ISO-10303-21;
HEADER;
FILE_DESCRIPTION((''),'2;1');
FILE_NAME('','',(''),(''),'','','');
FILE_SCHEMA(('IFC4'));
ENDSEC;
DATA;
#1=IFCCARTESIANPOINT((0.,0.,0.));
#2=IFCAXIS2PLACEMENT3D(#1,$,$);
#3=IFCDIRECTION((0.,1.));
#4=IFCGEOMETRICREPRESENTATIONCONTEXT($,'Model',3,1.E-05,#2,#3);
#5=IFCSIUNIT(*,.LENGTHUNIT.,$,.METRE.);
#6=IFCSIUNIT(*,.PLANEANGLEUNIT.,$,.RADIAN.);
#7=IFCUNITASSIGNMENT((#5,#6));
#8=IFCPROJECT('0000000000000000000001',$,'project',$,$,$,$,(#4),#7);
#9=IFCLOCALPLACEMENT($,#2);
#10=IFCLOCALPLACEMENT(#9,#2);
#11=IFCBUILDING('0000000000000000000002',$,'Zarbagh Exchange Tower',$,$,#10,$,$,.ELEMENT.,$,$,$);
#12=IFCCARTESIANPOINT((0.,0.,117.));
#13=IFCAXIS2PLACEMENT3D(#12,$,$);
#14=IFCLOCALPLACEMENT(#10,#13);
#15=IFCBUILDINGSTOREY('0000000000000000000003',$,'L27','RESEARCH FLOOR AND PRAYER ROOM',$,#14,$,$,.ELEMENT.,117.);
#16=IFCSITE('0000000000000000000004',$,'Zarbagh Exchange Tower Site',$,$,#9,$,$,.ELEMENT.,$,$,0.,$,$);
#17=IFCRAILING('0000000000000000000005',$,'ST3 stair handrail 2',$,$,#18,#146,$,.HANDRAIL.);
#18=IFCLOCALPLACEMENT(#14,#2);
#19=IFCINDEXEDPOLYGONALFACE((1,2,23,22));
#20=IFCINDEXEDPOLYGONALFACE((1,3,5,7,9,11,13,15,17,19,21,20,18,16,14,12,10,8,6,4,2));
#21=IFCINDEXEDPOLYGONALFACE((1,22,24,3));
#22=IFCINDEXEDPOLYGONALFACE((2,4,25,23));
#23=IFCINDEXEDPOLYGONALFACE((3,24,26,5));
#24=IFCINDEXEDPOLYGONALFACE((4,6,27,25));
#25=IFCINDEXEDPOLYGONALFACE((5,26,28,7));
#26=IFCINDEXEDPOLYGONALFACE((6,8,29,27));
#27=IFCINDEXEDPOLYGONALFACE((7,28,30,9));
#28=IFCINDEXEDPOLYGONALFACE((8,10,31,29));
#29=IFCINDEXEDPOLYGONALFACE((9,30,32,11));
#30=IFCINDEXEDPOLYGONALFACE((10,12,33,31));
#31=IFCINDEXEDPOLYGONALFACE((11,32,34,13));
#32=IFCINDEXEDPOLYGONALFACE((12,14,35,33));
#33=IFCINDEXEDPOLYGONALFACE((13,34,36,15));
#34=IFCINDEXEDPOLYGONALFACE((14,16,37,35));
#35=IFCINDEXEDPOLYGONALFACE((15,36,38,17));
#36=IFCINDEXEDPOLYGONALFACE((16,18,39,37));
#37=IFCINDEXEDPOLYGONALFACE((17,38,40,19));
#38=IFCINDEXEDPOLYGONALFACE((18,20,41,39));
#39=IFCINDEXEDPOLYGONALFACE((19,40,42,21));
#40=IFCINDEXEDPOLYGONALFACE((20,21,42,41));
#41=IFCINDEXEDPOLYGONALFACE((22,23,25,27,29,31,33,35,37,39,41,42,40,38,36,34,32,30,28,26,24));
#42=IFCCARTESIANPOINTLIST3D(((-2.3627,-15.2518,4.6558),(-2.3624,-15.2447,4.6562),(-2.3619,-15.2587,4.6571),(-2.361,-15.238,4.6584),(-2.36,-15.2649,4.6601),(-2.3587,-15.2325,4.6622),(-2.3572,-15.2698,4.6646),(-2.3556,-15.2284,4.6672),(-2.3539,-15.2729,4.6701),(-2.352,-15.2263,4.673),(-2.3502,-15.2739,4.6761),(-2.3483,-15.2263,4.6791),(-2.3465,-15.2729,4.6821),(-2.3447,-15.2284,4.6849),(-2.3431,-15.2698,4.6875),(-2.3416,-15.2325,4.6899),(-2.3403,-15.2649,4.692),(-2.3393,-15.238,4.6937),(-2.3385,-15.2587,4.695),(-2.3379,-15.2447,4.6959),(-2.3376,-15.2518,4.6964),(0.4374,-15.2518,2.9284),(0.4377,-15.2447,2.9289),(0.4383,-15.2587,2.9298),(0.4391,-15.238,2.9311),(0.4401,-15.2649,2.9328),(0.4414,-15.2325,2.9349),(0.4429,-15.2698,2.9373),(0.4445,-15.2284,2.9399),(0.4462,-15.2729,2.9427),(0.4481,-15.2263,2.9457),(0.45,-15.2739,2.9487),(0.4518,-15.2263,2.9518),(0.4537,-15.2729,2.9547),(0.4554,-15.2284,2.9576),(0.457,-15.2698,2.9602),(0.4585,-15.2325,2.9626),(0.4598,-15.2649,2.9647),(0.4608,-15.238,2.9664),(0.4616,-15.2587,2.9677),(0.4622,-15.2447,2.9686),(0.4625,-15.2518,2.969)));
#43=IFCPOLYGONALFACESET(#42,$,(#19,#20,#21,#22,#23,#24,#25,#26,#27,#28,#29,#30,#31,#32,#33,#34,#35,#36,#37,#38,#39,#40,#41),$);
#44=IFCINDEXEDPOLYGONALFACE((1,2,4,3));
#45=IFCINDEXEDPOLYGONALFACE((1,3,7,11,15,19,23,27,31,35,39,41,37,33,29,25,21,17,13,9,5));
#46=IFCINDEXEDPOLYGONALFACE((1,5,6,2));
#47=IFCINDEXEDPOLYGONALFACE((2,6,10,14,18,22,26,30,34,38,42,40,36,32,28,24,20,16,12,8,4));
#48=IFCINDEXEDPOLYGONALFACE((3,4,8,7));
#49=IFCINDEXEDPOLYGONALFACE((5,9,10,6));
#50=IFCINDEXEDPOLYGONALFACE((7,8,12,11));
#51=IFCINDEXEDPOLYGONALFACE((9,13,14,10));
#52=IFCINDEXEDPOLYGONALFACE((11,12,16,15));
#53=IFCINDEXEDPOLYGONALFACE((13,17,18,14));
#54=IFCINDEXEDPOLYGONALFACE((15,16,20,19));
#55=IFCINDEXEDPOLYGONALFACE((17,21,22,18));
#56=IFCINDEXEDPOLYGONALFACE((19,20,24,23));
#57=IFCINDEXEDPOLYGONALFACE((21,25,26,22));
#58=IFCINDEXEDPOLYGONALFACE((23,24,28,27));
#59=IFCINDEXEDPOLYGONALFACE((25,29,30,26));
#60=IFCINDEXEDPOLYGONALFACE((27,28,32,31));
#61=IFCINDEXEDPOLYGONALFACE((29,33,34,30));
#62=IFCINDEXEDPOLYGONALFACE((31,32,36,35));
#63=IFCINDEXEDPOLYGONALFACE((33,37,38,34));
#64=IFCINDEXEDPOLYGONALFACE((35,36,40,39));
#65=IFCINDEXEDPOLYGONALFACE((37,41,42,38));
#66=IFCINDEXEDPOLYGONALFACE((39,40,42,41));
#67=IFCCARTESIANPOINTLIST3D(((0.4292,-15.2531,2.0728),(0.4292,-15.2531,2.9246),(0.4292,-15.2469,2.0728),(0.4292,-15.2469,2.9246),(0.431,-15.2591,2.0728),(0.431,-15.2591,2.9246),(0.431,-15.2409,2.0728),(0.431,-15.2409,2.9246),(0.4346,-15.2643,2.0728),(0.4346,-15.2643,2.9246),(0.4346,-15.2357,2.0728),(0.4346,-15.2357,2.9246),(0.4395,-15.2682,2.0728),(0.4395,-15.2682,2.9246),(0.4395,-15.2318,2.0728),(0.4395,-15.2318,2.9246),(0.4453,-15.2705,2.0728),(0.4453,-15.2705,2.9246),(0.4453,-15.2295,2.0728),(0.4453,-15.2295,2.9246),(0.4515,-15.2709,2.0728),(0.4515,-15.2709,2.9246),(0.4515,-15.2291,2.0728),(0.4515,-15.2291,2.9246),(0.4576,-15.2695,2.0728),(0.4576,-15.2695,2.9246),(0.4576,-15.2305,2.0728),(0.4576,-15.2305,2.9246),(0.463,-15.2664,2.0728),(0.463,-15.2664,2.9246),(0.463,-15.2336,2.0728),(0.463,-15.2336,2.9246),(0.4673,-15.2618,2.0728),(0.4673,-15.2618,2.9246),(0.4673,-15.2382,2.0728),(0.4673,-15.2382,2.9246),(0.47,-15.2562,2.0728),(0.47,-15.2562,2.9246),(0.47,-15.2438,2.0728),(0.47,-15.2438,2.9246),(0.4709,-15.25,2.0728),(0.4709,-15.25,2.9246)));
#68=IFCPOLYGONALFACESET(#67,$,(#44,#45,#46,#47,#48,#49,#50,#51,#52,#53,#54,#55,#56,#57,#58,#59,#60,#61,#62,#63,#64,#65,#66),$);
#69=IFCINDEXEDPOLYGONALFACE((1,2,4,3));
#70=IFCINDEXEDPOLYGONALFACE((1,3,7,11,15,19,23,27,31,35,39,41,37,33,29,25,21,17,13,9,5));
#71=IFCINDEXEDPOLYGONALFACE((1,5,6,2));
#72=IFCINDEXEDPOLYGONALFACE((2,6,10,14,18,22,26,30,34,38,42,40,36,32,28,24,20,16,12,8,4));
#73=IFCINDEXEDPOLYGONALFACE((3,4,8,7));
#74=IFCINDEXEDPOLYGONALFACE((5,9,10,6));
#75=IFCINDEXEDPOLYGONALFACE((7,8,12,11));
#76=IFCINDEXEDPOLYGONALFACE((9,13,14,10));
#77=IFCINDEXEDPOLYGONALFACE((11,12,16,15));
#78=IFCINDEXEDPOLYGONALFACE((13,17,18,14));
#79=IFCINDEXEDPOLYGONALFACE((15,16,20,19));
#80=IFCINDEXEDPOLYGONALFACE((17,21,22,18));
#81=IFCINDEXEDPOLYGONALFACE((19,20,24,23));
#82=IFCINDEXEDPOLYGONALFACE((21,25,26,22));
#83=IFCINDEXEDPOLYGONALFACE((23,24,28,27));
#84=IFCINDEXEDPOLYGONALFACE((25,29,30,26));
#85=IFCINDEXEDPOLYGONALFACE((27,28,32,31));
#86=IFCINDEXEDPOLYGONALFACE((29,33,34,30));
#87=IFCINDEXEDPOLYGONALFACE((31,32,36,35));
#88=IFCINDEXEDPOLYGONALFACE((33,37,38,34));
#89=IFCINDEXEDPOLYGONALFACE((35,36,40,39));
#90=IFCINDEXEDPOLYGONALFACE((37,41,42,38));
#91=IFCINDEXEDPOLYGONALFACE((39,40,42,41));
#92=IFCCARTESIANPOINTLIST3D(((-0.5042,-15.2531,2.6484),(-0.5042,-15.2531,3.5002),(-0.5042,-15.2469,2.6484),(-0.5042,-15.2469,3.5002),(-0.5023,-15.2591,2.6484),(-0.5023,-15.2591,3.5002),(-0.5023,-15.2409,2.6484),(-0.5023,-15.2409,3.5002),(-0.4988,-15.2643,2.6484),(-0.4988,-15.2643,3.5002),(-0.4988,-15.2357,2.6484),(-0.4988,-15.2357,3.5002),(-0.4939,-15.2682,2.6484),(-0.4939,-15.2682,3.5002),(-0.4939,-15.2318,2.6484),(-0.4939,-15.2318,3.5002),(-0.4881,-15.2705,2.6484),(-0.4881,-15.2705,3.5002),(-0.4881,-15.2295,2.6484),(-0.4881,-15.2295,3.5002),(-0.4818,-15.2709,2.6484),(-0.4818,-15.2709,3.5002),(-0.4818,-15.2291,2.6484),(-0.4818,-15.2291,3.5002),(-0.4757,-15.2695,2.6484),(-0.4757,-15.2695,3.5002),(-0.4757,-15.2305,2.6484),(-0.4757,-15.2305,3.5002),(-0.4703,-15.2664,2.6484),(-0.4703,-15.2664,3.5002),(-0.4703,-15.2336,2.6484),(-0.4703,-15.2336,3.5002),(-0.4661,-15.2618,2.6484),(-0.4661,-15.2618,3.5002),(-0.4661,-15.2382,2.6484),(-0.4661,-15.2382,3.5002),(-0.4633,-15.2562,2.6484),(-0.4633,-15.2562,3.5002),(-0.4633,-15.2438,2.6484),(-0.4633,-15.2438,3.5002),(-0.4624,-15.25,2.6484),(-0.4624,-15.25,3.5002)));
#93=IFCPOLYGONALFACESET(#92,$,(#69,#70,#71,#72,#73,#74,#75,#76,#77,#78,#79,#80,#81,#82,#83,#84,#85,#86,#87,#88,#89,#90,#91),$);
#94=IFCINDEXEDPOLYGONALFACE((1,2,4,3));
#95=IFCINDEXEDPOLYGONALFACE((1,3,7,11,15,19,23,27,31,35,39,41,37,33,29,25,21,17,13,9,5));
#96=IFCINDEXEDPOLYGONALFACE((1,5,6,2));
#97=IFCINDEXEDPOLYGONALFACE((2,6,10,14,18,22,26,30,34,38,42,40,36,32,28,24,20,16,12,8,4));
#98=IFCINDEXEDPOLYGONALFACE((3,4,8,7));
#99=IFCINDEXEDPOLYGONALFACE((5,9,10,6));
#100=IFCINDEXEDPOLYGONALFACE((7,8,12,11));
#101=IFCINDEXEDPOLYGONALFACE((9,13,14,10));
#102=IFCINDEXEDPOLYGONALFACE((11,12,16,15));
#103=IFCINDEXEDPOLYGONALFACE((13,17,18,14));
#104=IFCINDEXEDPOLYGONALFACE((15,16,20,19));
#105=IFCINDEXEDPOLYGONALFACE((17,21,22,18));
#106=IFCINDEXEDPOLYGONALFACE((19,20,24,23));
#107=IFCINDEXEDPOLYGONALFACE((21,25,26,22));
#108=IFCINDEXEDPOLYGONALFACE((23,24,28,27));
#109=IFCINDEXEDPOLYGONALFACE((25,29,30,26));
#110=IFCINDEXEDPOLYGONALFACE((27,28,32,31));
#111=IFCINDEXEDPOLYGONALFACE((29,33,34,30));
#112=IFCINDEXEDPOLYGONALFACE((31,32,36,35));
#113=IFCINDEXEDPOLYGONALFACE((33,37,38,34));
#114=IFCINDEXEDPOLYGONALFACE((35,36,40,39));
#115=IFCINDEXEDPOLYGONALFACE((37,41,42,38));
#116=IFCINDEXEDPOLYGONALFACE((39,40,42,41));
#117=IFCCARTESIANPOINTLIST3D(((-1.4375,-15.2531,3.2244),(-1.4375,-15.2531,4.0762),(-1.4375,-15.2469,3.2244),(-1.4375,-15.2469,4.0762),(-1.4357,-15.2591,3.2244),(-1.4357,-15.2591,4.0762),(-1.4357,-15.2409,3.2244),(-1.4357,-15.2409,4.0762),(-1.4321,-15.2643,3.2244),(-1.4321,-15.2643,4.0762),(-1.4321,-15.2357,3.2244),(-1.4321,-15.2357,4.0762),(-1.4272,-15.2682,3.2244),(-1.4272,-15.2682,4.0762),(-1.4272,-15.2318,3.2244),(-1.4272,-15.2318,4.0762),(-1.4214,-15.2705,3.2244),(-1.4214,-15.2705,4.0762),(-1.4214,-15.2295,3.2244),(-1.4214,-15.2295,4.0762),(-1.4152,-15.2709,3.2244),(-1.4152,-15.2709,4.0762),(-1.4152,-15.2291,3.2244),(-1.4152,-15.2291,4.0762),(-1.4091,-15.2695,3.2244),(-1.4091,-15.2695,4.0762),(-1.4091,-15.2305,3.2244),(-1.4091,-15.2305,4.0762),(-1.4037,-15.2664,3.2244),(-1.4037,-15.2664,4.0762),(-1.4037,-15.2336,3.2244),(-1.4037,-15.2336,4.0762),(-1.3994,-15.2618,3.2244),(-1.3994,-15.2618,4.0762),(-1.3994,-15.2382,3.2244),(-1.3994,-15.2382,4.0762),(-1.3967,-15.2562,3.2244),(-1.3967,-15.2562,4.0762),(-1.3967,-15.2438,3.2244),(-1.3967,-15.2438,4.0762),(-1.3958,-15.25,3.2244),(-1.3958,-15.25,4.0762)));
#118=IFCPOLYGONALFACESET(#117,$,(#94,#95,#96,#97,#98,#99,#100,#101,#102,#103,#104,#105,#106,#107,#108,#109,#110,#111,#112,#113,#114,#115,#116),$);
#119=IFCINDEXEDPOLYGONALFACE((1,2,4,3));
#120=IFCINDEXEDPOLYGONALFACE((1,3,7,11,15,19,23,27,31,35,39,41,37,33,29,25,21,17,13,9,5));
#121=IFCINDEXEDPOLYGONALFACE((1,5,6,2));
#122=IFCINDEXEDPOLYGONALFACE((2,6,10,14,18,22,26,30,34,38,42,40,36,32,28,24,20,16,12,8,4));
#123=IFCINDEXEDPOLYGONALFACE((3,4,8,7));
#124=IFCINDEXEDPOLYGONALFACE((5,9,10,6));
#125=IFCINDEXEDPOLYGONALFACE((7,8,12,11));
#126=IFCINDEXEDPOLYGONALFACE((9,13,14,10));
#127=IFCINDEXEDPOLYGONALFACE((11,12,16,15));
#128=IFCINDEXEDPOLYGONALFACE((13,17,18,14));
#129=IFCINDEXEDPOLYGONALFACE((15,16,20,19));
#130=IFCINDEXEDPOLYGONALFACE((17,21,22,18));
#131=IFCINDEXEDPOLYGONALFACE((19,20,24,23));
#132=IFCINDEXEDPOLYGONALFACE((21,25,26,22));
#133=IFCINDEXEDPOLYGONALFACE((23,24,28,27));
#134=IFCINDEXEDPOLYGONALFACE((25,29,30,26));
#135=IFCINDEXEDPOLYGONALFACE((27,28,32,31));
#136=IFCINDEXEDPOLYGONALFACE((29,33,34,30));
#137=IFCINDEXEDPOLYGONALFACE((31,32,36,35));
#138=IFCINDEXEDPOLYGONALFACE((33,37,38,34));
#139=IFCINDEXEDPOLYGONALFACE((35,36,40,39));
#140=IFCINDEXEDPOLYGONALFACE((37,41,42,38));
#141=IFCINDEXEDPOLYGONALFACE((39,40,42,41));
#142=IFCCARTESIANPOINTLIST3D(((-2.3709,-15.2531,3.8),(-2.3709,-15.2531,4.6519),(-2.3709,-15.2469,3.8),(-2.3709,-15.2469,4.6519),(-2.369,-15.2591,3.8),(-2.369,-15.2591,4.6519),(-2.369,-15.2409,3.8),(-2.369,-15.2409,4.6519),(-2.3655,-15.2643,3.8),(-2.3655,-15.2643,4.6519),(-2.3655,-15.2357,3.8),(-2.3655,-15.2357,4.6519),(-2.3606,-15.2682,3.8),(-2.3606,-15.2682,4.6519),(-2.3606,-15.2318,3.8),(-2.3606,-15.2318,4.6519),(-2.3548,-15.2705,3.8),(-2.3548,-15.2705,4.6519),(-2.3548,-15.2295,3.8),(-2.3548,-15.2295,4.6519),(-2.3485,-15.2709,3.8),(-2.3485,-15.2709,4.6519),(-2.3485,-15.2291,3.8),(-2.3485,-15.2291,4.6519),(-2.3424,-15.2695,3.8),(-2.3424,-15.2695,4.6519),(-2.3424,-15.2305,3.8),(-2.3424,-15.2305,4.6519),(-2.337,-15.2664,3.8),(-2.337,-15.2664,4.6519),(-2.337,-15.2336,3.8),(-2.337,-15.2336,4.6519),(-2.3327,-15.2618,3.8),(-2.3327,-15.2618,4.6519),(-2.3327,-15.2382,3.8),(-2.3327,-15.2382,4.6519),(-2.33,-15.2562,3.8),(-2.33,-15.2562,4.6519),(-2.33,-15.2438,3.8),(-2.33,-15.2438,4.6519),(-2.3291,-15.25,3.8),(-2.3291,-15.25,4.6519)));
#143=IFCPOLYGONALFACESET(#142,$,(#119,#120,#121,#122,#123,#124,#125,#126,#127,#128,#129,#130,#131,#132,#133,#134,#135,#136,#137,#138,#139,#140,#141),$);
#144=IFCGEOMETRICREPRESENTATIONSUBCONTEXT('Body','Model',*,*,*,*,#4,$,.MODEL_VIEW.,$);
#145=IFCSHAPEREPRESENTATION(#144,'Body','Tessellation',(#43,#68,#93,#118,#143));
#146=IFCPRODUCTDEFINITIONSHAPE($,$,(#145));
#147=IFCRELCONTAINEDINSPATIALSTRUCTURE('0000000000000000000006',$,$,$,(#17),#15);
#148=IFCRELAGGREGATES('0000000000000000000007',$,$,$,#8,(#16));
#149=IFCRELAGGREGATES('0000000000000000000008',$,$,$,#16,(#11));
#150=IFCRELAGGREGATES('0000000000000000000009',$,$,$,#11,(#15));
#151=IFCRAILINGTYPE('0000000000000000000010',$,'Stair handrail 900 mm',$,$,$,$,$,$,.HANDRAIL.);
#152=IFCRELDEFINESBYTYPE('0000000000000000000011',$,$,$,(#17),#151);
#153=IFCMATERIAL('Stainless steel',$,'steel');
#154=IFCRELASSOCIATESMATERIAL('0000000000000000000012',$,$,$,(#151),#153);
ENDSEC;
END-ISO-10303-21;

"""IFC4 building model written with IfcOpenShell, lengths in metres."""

from ifc_helpers import new_model, si_unit, direction, frame, origin, origin_2d, place, context, subcontext, project, spatial, circle, extrude, material, type_object, element, save


model = new_model("IFC4")

# Units and contexts
model_context = context("Model", 3, precision=1e-05, world=origin(), true_north=direction((0.0, 1.0)))
body_context = subcontext(model_context, "Body", "Model", "MODEL_VIEW")
ifc_project = project(units=[si_unit("LENGTHUNIT", "METRE"), si_unit("PLANEANGLEUNIT", "RADIAN")], contexts=[model_context])

# Site, building, storey
site_placement = place(None, origin())
site = spatial("IfcSite", under=ifc_project, at=site_placement, Name="Zarbagh Exchange Tower Site", CompositionType="ELEMENT", RefElevation=0.0)
building_placement = place(site_placement, origin())
building = spatial("IfcBuilding", under=site, at=building_placement, Name="Zarbagh Exchange Tower", CompositionType="ELEMENT")
storey_placement = place(building_placement, frame((0.0, 0.0, 117.0)))
storey = spatial("IfcBuildingStorey", under=building, at=storey_placement, Name="L27", Description="RESEARCH FLOOR AND PRAYER ROOM", CompositionType="ELEMENT", Elevation=117.0)

# Railing
ifc_material_1 = material(Name="Stainless steel", Category="steel")
railing_type_1 = type_object("IfcRailingType", Name="Stair handrail 900 mm", PredefinedType="HANDRAIL", material=ifc_material_1)
for number, where, name in (
    (1, (0.45, -15.25, 2.0728), "ST3 stair handrail 2"),
):
    element("IfcRailing", number, at=place(storey_placement, frame(where)), inside=storey, type_object=railing_type_1, Name=name, PredefinedType="HANDRAIL", context=body_context, shape_type="SweptSolid", body=[
        extrude(circle(Radius=0.0239, at=origin_2d()), frame((0.0, 0.0, 0.876), z_axis=(-0.85109, 0.0, 0.52502), x_axis=(0.0, -1.0, 0.0)), (0.0, 0.0, 1.0), 3.29),
        extrude(circle(Radius=0.021, at=origin_2d()), origin(), (0.0, 0.0, 1.0), 0.8518),
        extrude(circle(Radius=0.021, at=origin_2d()), frame((-0.9333, 0.0, 0.5757)), (0.0, 0.0, 1.0), 0.8518),
        extrude(circle(Radius=0.021, at=origin_2d()), frame((-1.8667, 0.0, 1.1516)), (0.0, 0.0, 1.0), 0.8518),
        extrude(circle(Radius=0.021, at=origin_2d()), frame((-2.8, 0.0, 1.7273)), (0.0, 0.0, 1.0), 0.8518),
    ])

save(model, "model.ifc")
